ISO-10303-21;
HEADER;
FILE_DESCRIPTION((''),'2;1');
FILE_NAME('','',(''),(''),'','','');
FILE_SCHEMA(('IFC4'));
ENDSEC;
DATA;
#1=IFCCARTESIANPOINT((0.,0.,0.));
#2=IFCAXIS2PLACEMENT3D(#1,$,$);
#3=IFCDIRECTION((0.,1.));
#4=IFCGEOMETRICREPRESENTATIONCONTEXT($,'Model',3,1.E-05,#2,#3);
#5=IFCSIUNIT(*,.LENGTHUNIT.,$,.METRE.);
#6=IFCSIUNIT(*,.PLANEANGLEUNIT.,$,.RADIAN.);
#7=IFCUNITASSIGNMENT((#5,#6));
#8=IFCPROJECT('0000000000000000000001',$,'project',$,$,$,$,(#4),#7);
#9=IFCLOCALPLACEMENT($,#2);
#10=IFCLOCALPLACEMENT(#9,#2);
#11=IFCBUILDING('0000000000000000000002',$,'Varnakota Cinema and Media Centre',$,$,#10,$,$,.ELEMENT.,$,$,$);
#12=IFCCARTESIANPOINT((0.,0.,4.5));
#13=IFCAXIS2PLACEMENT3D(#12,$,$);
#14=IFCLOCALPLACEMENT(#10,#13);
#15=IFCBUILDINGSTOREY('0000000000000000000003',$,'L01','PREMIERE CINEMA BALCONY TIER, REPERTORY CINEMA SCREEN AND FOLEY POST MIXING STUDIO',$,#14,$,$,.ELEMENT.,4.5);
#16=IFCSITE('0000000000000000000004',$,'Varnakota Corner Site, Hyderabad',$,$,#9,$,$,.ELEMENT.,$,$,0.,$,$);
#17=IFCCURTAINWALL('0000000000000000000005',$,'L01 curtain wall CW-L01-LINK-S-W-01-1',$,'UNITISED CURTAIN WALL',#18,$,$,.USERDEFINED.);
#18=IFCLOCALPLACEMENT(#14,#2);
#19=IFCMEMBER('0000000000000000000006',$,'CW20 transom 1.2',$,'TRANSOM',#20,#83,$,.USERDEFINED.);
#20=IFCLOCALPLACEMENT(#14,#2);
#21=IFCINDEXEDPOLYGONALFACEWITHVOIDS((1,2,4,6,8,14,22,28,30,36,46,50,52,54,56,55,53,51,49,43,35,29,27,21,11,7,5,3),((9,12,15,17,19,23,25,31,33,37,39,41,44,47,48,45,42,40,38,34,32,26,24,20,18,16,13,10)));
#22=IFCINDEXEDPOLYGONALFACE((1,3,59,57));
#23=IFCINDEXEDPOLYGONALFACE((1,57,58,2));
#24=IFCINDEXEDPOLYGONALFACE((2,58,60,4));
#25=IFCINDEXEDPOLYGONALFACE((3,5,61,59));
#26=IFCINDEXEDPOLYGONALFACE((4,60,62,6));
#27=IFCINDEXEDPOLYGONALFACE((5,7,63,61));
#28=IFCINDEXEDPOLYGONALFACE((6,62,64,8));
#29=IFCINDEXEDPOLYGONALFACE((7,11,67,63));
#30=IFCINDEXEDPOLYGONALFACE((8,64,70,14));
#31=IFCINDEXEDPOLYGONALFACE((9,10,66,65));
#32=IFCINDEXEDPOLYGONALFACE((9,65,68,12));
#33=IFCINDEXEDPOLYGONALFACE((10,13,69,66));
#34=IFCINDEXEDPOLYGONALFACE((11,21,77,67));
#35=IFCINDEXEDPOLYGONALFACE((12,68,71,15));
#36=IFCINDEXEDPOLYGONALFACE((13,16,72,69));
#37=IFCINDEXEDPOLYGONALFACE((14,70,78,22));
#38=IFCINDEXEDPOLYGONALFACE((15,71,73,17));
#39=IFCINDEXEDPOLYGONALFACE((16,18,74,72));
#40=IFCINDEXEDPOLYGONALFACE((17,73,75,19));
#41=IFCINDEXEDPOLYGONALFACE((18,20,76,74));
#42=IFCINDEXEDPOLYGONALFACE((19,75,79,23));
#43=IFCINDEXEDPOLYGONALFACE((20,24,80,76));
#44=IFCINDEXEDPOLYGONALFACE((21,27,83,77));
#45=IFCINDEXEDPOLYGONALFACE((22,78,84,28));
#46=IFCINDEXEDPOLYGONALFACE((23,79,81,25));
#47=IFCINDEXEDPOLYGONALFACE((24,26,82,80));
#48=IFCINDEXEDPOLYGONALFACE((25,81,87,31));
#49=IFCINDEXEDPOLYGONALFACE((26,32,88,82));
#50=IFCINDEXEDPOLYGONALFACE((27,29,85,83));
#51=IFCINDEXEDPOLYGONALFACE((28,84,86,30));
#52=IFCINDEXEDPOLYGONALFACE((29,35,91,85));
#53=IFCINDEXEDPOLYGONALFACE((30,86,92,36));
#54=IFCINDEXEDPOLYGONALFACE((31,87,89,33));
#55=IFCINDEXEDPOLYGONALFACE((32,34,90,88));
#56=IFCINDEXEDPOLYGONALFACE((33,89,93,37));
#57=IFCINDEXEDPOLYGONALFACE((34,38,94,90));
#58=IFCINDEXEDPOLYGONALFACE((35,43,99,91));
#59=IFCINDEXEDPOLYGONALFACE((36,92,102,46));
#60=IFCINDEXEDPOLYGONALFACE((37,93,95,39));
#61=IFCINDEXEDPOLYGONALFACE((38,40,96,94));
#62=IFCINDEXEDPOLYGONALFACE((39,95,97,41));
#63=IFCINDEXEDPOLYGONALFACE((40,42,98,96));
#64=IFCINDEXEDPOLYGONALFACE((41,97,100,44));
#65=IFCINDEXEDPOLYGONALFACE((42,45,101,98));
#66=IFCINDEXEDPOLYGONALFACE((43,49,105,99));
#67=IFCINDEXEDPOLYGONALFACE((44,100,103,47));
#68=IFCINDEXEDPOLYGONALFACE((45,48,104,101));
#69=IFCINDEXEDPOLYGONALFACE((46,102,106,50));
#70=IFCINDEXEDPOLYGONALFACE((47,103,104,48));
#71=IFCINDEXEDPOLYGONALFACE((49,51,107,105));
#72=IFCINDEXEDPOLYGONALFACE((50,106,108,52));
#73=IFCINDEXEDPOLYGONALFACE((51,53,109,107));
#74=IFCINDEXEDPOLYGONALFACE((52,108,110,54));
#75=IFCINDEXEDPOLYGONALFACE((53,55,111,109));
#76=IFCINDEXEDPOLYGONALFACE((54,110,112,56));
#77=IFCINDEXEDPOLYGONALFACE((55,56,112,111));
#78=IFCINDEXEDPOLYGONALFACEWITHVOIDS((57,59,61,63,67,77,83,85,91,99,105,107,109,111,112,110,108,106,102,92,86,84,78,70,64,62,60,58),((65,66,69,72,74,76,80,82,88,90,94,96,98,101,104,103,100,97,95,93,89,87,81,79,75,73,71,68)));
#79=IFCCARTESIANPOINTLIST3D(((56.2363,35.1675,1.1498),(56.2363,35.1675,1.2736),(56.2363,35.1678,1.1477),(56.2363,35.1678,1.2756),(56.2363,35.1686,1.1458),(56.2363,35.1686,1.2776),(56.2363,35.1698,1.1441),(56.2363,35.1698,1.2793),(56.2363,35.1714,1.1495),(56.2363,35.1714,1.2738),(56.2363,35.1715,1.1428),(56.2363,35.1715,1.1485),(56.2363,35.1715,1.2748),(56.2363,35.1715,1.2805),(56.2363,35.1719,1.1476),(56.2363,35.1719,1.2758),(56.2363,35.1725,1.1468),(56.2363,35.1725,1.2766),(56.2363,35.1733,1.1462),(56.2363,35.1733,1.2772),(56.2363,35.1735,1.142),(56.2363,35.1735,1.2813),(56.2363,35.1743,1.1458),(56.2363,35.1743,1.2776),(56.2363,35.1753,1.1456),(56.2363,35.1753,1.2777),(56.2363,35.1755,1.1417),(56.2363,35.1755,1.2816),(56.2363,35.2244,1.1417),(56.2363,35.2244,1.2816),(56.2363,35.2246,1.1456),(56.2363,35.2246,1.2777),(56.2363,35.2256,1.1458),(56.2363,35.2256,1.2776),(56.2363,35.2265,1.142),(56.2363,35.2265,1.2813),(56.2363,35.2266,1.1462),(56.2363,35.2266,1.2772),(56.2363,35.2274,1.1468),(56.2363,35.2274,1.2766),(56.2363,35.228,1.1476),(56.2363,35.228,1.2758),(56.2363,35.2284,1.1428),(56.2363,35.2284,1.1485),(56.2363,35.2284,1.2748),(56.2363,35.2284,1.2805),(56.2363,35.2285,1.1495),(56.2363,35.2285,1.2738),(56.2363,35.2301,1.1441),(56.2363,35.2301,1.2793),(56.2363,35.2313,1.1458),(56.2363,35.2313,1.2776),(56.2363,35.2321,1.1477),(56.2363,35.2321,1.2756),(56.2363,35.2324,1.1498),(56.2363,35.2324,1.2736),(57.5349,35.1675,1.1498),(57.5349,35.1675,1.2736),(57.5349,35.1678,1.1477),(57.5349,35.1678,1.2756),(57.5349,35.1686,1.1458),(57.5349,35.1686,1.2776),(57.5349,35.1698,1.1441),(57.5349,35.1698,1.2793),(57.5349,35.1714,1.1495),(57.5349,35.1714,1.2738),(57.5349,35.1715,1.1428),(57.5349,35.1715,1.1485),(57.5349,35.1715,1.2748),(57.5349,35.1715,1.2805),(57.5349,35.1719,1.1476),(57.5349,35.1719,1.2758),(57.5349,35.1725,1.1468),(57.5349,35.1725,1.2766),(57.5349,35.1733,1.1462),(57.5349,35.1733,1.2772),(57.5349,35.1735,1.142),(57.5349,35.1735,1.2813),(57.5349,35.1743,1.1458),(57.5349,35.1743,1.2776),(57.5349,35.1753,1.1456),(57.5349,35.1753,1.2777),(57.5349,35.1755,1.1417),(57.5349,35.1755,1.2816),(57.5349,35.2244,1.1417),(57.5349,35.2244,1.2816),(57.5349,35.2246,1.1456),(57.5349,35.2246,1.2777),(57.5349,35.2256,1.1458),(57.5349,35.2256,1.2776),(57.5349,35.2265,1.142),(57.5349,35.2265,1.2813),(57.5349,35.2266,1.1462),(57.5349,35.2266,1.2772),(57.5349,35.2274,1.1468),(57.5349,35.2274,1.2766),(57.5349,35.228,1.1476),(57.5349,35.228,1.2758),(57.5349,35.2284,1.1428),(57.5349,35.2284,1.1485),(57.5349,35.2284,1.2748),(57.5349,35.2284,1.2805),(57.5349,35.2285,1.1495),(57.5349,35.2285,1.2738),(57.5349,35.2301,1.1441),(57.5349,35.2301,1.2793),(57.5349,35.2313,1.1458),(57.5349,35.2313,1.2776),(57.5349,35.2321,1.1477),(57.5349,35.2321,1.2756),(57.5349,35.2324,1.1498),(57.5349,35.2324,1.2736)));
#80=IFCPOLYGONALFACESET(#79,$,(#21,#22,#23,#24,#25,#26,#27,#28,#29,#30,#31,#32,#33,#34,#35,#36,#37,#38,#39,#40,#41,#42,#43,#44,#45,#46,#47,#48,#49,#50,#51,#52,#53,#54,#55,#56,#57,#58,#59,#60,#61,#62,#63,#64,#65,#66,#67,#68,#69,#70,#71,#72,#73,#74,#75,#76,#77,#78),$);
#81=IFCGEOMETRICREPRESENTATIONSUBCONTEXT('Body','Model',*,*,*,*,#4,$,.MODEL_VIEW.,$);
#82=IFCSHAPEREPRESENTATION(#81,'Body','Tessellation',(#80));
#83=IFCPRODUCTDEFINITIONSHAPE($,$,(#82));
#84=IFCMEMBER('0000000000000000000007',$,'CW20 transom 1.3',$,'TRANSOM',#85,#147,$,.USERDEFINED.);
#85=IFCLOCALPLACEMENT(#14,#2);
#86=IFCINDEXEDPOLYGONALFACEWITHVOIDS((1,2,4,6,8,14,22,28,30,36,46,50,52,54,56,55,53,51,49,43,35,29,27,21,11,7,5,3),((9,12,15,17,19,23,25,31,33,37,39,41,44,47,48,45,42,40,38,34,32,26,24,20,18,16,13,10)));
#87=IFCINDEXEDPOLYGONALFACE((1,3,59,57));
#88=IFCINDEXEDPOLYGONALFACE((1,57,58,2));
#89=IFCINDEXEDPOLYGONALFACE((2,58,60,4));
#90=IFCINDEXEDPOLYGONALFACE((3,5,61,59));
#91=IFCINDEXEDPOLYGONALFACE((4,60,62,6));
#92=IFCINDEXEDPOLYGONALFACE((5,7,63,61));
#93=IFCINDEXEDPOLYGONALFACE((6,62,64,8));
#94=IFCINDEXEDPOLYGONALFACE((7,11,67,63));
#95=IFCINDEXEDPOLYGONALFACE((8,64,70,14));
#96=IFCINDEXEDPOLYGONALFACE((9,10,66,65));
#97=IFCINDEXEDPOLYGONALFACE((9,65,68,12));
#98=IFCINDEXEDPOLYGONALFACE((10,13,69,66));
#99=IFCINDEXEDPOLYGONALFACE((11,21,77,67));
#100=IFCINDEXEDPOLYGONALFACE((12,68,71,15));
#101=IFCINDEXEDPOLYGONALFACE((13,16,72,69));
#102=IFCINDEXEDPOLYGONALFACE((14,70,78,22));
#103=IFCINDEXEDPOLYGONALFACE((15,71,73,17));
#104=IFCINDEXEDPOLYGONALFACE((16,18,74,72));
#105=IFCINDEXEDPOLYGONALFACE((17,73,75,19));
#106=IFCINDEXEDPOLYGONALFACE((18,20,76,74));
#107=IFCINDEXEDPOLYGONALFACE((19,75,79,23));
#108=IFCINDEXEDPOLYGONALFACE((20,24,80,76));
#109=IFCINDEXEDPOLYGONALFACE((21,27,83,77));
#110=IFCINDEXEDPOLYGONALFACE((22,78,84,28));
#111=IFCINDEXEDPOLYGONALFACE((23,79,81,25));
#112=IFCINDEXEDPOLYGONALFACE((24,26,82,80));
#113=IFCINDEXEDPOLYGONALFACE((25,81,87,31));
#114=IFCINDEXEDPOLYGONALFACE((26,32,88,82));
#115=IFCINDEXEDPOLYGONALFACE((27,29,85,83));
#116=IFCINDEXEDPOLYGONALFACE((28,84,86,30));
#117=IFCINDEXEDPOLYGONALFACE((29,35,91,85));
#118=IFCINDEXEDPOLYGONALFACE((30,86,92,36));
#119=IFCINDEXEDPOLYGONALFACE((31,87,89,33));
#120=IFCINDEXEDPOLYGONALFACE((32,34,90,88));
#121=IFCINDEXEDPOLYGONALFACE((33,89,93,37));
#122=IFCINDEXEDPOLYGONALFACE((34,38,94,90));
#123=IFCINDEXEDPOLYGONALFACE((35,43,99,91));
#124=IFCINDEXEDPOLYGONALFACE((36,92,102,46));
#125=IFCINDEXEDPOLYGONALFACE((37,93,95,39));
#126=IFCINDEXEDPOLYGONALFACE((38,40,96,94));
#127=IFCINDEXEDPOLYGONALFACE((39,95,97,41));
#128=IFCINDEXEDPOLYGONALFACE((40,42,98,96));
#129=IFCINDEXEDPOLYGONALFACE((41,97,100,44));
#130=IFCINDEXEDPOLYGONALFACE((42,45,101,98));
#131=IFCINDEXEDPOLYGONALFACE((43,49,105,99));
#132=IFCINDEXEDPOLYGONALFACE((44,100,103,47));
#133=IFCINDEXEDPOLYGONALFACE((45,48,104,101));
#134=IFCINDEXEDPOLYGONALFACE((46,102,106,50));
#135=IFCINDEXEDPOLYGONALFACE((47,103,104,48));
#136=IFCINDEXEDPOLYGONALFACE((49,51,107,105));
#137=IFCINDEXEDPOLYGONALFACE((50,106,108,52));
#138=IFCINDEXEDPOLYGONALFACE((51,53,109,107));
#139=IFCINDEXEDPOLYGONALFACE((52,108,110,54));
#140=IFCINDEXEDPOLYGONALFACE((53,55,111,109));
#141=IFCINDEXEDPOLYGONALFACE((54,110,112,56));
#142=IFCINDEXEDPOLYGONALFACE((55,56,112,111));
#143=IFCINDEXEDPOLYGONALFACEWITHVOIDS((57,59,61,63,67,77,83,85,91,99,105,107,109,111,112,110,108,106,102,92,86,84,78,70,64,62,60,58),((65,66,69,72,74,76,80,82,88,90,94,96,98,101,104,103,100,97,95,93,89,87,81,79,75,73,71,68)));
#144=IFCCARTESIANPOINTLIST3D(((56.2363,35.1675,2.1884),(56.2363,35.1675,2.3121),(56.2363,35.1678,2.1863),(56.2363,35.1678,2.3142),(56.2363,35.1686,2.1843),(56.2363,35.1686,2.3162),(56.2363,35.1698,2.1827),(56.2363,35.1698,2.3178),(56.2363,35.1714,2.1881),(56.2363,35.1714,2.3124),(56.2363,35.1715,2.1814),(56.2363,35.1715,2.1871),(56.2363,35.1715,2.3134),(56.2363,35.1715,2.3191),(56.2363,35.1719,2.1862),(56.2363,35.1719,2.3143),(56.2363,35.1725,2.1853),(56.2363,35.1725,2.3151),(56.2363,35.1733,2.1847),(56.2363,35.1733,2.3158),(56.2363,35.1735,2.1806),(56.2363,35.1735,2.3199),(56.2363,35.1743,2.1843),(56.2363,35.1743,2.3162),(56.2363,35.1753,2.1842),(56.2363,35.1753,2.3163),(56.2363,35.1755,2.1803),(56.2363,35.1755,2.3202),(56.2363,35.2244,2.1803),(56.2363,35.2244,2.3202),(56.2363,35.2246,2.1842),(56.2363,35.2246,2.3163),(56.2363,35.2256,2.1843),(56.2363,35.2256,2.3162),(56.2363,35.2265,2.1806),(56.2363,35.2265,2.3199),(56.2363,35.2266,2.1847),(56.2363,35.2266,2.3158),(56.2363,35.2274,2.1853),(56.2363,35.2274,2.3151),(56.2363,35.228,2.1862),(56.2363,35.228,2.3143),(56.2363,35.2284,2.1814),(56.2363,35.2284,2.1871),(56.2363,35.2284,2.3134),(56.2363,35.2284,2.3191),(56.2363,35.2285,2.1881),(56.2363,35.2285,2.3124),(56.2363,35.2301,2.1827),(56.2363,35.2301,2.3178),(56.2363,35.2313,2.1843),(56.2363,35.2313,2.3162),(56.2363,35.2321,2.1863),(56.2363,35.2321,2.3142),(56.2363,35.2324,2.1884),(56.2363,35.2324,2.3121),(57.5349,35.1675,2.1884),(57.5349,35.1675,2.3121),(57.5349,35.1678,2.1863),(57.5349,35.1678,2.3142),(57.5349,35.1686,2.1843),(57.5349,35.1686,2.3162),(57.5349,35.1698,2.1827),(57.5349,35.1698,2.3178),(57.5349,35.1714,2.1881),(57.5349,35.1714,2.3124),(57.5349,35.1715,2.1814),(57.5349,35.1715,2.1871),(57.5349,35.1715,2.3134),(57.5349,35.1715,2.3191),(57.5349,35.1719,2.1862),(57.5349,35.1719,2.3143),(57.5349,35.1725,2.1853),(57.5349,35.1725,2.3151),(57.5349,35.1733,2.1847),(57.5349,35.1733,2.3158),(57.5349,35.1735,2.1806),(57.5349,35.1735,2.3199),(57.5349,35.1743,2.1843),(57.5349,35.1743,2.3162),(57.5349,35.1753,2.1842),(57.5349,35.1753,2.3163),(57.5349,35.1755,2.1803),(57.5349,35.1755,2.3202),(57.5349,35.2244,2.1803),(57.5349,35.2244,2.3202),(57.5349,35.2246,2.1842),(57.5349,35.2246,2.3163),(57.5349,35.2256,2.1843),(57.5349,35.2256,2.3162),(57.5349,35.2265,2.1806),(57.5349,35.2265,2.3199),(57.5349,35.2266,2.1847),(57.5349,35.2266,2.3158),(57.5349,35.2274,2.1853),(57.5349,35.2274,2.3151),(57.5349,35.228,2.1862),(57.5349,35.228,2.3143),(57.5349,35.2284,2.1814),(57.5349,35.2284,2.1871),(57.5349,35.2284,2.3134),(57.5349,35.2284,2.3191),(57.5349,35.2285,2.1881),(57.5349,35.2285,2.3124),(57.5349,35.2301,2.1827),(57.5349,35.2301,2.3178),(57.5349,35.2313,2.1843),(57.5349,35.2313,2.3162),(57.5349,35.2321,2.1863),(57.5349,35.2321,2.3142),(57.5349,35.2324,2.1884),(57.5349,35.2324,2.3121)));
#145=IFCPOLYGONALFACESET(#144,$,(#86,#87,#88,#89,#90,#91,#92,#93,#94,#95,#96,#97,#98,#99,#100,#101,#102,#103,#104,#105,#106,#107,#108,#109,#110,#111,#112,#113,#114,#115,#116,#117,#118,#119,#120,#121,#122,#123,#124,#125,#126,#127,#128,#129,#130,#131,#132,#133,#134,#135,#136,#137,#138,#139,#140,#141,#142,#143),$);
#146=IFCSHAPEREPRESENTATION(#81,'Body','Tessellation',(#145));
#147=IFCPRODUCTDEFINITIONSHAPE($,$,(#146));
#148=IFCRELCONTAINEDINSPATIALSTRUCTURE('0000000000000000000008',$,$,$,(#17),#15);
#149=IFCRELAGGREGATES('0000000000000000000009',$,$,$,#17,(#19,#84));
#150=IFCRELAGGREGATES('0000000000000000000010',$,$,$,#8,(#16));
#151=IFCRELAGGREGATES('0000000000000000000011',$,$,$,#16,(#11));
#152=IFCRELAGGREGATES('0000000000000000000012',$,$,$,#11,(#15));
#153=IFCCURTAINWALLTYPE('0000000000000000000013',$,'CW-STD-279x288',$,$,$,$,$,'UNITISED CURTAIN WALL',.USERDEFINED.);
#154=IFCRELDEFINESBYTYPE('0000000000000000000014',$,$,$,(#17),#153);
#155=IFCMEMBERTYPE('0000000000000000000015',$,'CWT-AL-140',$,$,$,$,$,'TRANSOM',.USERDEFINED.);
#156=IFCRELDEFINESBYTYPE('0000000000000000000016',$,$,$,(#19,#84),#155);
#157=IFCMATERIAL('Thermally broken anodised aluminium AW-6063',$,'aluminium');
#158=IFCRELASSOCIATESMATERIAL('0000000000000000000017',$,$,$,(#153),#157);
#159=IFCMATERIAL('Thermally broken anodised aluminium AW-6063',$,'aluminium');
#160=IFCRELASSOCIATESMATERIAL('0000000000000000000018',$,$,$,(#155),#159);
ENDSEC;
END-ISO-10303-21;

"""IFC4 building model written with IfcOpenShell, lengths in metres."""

from ifc_helpers import new_model, si_unit, direction, frame, origin, origin_2d, place, context, subcontext, project, spatial, hollow_rectangle, extrude, material, material_profile, profile_set, type_object, element, aggregate, save


model = new_model("IFC4")

# Units and contexts
model_context = context("Model", 3, precision=1e-05, world=origin(), true_north=direction((0.0, 1.0)))
body_context = subcontext(model_context, "Body", "Model", "MODEL_VIEW")
ifc_project = project(units=[si_unit("LENGTHUNIT", "METRE"), si_unit("PLANEANGLEUNIT", "RADIAN")], contexts=[model_context])

# Site, building, storey
site_placement = place(None, origin())
site = spatial("IfcSite", under=ifc_project, at=site_placement, Name="Varnakota Corner Site, Hyderabad", CompositionType="ELEMENT", RefElevation=0.0)
building_placement = place(site_placement, origin())
building = spatial("IfcBuilding", under=site, at=building_placement, Name="Varnakota Cinema and Media Centre", CompositionType="ELEMENT")
storey_placement = place(building_placement, frame((0.0, 0.0, 4.5)))
storey = spatial("IfcBuildingStorey", under=building, at=storey_placement, Name="L01", Description="PREMIERE CINEMA BALCONY TIER, REPERTORY CINEMA SCREEN AND FOLEY POST MIXING STUDIO", CompositionType="ELEMENT", Elevation=4.5)

# Curtain wall
ifc_material_1 = material(Name="Thermally broken anodised aluminium AW-6063", Category="aluminium")
curtain_wall_type_1 = type_object("IfcCurtainWallType", Name="CW-STD-279x288", ElementType="UNITISED CURTAIN WALL", PredefinedType="USERDEFINED", material=ifc_material_1)
curtain_wall_1_placement = place(storey_placement, origin())
curtain_wall_1 = element("IfcCurtainWall", 1, at=curtain_wall_1_placement, inside=storey, type_object=curtain_wall_type_1, Name="L01 curtain wall CW-L01-LINK-S-W-01-1", ObjectType="UNITISED CURTAIN WALL", PredefinedType="USERDEFINED")

# Shared definitions
ifc_material_2 = material(Name="Thermally broken anodised aluminium AW-6063", Category="aluminium")
ifc_material_profile_1 = material_profile(ifc_material_2, hollow_rectangle(XDim=0.0649, YDim=0.1399, WallThickness=0.0039, InnerFilletRadius=0.0039, OuterFilletRadius=0.0081, at=origin_2d()), Name="AL-TRANSOM 140x65x4")
ifc_profile_set_1 = profile_set([ifc_material_profile_1], Name="Thermally broken anodised aluminium AW-6063")
member_type_1 = type_object("IfcMemberType", Name="CWT-AL-140", ElementType="TRANSOM", PredefinedType="USERDEFINED", material=ifc_profile_set_1)

# Members
member_1_placement = place(storey_placement, frame((57.5349, 35.2, 1.2117), z_axis=(-1.0, 0.0, 0.0), x_axis=(0.0, -1.0, 0.0)))
member_1 = element("IfcMember", 2, at=member_1_placement, type_object=member_type_1, Name="CW20 transom 1.2", ObjectType="TRANSOM", PredefinedType="USERDEFINED", context=body_context, shape_type="SweptSolid", body=[
    extrude(hollow_rectangle(XDim=0.0649, YDim=0.1399, WallThickness=0.0039, InnerFilletRadius=0.0039, OuterFilletRadius=0.0081, at=origin_2d()), origin(), (0.0, 0.0, 1.0), 1.2986),
])
member_2_placement = place(storey_placement, frame((57.5349, 35.2, 2.2502), z_axis=(-1.0, 0.0, 0.0), x_axis=(0.0, -1.0, 0.0)))
member_2 = element("IfcMember", 3, at=member_2_placement, type_object=member_type_1, Name="CW20 transom 1.3", ObjectType="TRANSOM", PredefinedType="USERDEFINED", context=body_context, shape_type="SweptSolid", body=[
    extrude(hollow_rectangle(XDim=0.0649, YDim=0.1399, WallThickness=0.0039, InnerFilletRadius=0.0039, OuterFilletRadius=0.0081, at=origin_2d()), origin(), (0.0, 0.0, 1.0), 1.2986),
])
aggregate(curtain_wall_1, [member_1, member_2])

save(model, "model.ifc")
